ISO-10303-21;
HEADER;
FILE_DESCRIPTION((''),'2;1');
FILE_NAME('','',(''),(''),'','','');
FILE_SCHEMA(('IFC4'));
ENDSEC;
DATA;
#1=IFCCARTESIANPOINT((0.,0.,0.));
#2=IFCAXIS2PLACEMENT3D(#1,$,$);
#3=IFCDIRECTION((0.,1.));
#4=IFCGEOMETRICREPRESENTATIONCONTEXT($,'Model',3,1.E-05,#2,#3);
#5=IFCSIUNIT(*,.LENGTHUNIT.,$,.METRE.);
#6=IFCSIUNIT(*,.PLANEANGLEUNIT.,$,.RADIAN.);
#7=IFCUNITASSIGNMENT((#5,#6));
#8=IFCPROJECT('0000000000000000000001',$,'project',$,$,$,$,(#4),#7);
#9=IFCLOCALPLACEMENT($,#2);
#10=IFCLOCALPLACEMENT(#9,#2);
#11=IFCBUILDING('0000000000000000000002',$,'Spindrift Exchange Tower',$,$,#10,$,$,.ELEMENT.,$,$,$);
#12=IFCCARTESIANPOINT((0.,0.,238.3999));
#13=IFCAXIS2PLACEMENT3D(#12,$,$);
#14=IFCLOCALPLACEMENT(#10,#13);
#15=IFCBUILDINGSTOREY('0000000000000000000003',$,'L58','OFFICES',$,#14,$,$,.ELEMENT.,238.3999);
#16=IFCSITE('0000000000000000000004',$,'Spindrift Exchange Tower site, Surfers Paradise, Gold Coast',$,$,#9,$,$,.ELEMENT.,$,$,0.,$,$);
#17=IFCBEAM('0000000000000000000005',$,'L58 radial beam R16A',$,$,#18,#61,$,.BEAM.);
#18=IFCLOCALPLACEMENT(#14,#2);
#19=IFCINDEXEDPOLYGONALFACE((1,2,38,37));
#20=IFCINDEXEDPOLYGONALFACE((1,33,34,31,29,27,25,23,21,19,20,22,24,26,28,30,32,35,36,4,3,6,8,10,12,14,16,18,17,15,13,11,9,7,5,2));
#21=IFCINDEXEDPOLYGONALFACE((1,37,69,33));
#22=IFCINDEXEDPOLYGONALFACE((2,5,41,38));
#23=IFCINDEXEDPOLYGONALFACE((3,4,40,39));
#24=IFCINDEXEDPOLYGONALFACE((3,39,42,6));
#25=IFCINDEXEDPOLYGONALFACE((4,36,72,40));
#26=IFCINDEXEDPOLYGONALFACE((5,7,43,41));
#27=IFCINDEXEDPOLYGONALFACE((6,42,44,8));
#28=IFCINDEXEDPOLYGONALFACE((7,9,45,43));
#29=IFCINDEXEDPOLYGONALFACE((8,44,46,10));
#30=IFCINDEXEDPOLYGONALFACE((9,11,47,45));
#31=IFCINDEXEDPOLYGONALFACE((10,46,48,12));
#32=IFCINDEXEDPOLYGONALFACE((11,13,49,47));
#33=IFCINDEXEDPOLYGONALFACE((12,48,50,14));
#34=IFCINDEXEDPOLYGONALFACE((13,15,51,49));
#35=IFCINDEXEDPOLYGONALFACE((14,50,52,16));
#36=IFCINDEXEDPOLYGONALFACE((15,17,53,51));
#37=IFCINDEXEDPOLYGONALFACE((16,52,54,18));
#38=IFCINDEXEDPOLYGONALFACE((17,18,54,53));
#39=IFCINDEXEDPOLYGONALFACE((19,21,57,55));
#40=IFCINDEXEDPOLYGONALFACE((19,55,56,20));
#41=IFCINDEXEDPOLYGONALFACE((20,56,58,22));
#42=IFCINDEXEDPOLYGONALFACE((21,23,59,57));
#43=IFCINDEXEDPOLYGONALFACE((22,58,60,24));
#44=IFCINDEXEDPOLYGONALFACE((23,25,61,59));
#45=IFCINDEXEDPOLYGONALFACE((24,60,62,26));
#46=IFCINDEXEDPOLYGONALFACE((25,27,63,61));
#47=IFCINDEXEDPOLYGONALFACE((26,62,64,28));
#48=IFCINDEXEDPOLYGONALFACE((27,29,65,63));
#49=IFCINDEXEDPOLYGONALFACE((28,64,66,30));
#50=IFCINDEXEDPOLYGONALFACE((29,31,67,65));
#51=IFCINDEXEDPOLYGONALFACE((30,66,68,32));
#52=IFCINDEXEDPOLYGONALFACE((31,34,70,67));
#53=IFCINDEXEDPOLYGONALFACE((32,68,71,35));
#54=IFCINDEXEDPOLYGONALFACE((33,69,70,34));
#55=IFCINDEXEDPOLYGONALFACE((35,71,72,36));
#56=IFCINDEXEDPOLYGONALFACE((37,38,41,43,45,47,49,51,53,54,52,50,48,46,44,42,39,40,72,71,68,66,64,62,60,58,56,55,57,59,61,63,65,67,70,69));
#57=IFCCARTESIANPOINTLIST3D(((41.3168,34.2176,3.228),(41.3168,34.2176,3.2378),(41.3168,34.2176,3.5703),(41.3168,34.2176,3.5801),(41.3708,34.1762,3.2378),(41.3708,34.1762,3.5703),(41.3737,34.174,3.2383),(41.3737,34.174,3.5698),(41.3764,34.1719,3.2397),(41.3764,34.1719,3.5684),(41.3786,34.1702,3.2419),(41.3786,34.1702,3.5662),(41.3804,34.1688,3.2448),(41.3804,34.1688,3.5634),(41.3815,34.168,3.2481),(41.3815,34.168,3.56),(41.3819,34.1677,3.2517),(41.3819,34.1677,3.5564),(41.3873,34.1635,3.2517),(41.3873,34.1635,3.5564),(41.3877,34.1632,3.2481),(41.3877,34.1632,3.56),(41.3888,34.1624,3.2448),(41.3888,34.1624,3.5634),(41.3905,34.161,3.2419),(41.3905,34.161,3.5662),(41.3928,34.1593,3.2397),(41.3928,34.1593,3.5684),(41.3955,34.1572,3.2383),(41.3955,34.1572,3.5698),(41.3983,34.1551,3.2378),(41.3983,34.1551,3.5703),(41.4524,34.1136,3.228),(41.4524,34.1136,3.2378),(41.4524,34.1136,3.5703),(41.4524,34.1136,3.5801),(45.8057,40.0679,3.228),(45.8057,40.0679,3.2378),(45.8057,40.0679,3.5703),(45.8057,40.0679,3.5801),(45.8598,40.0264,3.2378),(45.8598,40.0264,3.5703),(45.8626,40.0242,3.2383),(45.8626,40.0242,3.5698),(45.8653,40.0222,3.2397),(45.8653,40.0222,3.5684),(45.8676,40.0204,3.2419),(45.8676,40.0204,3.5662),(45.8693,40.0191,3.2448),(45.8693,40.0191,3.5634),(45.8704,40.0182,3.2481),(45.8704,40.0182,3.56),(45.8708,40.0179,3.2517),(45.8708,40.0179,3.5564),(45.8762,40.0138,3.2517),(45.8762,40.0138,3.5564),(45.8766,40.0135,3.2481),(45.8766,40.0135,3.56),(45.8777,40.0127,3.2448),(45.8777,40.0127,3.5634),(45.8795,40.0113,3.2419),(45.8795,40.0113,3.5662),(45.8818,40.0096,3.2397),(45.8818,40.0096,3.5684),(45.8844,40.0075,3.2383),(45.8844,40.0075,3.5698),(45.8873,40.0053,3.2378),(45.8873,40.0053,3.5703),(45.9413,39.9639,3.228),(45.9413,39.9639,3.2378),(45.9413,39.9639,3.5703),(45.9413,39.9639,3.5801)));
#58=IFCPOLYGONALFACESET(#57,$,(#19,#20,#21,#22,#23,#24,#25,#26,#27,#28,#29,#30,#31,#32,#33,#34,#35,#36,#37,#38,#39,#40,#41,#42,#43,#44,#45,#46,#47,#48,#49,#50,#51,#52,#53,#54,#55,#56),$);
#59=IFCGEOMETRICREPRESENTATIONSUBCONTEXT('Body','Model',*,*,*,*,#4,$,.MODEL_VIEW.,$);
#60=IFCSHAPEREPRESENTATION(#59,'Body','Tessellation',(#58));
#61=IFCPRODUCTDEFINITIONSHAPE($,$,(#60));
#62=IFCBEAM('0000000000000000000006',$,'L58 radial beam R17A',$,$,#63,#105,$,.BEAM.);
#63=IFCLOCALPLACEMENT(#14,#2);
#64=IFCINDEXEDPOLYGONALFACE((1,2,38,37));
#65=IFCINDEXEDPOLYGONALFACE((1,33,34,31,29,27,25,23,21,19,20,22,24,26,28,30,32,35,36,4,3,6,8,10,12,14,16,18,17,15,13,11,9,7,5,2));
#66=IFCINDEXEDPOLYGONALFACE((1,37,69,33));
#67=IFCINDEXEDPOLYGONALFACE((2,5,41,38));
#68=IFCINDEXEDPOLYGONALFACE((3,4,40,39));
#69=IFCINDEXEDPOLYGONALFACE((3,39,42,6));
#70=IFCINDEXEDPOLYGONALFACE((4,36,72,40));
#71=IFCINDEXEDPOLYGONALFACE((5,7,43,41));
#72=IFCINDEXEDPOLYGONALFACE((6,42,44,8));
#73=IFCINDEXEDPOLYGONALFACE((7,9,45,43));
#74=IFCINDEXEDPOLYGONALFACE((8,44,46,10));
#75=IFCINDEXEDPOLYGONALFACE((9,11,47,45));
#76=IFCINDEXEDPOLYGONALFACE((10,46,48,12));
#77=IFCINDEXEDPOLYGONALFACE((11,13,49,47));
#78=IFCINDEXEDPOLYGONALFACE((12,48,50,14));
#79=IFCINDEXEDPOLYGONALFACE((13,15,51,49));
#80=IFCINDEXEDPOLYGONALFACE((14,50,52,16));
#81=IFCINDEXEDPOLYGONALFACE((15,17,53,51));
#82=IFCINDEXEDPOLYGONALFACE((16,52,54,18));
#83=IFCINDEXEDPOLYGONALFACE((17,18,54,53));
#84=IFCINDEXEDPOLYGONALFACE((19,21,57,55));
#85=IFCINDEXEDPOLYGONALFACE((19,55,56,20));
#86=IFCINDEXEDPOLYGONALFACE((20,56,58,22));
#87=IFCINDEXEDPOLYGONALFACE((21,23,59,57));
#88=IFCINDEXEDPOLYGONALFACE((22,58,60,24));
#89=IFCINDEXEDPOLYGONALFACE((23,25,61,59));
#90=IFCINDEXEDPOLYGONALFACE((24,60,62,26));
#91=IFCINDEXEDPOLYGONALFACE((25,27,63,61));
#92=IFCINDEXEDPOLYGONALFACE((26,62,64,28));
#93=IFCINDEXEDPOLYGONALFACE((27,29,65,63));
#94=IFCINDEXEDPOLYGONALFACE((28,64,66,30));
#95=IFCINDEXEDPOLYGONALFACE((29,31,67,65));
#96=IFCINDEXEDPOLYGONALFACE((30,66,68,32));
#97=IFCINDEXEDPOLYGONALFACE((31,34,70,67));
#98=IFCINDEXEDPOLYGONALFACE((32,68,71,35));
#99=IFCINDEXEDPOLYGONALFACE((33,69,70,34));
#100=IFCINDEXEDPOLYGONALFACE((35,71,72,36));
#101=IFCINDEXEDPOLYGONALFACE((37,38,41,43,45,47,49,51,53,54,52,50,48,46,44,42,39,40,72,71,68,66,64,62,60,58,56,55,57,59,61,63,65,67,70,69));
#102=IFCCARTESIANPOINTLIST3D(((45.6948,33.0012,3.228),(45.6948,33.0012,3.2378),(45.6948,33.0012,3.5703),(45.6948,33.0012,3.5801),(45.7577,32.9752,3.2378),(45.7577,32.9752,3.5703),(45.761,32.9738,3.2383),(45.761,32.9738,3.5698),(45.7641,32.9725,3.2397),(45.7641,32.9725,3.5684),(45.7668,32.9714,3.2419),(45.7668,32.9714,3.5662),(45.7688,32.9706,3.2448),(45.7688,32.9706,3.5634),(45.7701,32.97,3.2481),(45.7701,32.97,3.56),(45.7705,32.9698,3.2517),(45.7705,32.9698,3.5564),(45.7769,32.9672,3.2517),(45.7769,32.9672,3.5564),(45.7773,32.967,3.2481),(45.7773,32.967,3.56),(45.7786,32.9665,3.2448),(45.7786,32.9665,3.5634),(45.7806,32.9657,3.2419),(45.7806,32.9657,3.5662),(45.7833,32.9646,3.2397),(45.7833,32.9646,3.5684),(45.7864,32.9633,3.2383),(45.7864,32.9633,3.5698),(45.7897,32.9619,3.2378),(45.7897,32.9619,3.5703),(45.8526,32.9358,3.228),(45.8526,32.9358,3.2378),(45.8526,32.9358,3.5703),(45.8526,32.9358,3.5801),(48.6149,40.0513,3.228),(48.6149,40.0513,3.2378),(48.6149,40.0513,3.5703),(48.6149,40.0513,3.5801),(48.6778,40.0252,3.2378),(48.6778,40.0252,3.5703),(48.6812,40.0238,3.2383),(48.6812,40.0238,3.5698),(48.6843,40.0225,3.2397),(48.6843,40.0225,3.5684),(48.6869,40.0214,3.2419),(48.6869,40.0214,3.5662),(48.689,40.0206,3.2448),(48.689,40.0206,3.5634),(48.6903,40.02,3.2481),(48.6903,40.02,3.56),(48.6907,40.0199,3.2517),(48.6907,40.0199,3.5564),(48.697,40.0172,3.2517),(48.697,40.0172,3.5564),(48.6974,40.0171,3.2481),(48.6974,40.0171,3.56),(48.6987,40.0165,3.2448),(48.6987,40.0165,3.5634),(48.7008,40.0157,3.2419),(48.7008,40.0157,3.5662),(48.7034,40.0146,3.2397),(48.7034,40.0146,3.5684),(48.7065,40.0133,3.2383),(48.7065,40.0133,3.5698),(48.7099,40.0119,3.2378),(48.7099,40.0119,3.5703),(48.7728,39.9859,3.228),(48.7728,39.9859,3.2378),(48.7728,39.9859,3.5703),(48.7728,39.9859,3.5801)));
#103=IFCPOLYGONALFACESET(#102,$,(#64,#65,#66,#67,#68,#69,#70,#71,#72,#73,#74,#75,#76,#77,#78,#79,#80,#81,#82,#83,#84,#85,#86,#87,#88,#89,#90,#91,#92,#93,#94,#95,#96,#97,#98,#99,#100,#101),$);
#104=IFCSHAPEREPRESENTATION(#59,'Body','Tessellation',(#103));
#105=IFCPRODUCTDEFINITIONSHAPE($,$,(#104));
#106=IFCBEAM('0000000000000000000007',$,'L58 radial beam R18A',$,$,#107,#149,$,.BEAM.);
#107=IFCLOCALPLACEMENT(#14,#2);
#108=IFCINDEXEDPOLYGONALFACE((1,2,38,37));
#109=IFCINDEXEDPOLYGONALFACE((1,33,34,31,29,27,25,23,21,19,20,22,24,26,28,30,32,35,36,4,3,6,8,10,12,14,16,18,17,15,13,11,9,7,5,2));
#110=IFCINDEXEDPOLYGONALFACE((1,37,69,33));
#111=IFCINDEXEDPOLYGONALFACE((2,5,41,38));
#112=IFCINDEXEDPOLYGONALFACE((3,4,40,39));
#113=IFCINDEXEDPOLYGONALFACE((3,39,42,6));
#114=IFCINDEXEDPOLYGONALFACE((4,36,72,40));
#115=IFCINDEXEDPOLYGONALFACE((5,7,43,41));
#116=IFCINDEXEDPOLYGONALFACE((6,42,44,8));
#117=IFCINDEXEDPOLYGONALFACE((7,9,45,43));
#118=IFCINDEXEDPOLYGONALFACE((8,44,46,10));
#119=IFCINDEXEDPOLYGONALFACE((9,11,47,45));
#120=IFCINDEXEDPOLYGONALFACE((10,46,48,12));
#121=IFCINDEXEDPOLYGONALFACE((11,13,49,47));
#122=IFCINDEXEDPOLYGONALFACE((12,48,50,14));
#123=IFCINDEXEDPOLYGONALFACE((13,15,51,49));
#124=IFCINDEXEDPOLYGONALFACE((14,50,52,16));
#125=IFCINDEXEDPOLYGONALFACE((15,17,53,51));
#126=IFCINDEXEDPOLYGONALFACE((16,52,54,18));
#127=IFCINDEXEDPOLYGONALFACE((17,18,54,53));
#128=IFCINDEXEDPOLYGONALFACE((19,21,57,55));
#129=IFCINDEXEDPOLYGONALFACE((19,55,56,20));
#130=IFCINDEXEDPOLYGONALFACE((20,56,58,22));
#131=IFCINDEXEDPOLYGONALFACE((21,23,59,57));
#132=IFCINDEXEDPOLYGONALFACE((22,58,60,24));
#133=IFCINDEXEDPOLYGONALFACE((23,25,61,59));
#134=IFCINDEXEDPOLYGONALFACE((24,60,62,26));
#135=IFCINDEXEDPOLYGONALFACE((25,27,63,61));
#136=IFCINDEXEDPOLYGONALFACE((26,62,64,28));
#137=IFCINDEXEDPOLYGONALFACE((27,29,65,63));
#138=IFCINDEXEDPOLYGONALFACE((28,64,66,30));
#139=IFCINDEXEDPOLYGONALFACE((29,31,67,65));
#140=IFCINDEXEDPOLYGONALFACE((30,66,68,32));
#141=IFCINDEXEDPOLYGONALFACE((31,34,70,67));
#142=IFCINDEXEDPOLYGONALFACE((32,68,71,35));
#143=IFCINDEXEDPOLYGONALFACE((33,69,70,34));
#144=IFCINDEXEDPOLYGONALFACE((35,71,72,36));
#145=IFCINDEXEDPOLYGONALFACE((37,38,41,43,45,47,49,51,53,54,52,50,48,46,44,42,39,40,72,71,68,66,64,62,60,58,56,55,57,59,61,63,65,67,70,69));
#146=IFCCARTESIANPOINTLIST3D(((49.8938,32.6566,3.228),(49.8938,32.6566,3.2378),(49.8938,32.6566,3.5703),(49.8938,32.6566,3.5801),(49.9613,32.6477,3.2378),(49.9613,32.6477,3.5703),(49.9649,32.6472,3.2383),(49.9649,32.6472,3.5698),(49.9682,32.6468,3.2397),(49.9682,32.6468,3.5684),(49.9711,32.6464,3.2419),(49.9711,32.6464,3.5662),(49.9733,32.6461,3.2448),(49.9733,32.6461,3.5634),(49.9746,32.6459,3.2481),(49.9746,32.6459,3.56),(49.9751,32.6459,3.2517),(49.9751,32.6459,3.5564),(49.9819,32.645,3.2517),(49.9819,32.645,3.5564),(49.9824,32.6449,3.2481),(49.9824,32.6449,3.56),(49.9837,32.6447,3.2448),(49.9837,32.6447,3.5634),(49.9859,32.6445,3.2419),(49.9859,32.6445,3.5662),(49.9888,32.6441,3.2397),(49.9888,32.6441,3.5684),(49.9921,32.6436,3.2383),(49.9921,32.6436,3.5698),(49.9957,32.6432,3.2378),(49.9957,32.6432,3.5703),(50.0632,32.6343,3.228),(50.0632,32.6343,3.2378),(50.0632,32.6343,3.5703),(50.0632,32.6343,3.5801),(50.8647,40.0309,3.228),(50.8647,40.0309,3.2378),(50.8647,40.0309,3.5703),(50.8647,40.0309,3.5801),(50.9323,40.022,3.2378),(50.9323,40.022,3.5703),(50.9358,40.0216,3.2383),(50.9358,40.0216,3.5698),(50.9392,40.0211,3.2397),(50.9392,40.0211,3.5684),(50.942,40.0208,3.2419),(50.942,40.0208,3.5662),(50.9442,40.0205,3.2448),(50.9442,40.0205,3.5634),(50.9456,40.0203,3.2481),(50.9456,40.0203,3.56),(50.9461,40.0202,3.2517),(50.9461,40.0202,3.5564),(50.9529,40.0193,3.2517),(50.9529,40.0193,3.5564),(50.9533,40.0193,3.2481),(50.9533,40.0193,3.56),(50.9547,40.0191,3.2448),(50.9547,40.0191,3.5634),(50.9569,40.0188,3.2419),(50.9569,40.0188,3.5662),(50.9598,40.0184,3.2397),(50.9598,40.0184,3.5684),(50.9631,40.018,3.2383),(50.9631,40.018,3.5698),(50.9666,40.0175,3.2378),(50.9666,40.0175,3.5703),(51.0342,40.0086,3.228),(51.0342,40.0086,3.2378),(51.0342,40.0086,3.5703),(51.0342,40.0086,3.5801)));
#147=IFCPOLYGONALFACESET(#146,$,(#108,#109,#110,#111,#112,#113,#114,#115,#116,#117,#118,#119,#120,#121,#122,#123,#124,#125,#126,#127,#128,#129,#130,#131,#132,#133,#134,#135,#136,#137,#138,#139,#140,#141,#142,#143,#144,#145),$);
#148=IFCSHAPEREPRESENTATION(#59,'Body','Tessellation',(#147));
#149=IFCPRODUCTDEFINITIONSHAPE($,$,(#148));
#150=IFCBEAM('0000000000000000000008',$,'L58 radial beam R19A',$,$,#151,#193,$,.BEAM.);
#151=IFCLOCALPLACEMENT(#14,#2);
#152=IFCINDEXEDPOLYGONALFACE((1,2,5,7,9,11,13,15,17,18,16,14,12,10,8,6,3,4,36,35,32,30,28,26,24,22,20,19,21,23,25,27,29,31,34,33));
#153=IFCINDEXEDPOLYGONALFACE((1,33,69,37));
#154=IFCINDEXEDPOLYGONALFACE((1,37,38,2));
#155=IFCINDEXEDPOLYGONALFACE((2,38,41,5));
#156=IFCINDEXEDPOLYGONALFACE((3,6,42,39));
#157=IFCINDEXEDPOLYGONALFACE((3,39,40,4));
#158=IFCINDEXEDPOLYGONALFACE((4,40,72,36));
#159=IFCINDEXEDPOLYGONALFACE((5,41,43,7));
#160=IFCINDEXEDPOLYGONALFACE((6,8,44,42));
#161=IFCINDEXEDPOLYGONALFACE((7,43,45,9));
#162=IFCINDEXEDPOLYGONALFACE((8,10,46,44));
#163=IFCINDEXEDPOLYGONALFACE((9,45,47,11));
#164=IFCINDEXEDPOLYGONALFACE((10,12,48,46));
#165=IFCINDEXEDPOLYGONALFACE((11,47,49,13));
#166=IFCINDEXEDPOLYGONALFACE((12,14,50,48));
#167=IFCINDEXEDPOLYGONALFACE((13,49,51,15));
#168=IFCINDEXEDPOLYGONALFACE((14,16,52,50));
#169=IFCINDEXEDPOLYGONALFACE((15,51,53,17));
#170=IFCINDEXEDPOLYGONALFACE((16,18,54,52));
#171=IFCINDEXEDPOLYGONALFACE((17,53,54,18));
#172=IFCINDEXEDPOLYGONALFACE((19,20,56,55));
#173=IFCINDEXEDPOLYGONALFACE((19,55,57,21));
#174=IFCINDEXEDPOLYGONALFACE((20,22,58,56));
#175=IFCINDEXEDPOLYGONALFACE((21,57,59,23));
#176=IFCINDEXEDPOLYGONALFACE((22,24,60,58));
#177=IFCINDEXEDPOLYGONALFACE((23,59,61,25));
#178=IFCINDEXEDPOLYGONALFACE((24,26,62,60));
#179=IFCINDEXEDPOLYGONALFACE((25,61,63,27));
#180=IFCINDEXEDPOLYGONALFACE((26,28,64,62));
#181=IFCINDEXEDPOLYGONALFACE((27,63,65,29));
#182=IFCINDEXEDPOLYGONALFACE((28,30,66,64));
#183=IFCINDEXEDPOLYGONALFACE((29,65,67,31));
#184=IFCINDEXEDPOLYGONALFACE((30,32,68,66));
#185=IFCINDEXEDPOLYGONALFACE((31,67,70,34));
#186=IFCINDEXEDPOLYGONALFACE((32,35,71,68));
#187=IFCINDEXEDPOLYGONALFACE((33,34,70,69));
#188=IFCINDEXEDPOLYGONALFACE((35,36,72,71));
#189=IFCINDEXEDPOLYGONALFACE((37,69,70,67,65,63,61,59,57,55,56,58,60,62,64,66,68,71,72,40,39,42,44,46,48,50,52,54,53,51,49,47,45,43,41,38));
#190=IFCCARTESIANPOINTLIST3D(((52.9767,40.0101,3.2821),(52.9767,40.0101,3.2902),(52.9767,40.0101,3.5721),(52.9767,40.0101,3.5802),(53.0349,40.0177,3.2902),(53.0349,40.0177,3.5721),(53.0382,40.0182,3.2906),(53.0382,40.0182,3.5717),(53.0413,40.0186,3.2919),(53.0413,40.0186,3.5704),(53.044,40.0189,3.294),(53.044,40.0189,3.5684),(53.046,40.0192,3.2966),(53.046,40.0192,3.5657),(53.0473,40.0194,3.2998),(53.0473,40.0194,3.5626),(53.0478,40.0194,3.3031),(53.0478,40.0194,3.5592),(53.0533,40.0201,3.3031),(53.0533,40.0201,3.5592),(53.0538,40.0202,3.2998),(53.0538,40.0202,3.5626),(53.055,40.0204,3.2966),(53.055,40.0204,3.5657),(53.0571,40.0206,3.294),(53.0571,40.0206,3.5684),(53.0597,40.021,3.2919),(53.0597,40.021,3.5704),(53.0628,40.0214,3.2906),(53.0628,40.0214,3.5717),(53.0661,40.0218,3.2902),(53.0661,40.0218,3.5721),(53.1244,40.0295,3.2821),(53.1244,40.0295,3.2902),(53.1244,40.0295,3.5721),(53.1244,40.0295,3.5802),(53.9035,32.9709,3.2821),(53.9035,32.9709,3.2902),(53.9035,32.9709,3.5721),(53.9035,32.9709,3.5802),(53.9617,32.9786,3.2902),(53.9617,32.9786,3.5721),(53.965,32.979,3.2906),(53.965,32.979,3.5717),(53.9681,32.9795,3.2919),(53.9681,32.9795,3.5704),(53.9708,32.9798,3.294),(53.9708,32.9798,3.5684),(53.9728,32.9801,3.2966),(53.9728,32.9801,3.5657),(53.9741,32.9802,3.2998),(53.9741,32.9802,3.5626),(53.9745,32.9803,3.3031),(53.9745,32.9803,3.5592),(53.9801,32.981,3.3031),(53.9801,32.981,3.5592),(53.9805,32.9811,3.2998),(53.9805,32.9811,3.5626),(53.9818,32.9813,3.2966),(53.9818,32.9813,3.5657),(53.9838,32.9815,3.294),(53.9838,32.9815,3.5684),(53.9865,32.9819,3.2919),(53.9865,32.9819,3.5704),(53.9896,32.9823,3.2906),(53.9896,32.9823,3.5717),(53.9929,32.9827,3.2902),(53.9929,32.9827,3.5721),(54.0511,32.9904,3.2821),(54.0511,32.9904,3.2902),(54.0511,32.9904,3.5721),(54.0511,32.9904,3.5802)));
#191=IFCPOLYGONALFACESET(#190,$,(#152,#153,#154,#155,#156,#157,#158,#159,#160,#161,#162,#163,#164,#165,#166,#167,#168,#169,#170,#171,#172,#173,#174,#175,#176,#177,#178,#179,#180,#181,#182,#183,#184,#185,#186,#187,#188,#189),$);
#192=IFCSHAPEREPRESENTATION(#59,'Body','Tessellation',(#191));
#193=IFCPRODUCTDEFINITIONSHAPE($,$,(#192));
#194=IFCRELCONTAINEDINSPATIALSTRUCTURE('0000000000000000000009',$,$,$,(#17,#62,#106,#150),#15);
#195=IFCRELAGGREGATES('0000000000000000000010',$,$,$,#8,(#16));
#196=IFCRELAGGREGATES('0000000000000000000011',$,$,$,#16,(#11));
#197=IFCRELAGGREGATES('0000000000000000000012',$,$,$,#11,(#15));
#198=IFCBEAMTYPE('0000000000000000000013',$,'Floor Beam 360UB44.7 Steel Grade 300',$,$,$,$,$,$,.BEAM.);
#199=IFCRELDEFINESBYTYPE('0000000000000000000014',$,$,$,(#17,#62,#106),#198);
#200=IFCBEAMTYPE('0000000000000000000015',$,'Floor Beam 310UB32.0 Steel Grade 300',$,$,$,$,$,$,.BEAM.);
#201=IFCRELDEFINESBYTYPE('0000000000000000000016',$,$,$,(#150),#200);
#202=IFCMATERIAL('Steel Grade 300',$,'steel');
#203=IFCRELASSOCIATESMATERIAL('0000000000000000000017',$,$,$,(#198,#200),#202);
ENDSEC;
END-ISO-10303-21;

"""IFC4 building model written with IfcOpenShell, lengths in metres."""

from ifc_helpers import new_model, si_unit, direction, frame, origin, origin_2d, place, context, subcontext, project, spatial, i_section, extrude, source, transform, mapped, material, material_profile, profile_set, type_object, element, save


model = new_model("IFC4")

# Units and contexts
model_context = context("Model", 3, precision=1e-05, world=origin(), true_north=direction((0.0, 1.0)))
body_context = subcontext(model_context, "Body", "Model", "MODEL_VIEW")
ifc_project = project(units=[si_unit("LENGTHUNIT", "METRE"), si_unit("PLANEANGLEUNIT", "RADIAN")], contexts=[model_context])

# Site, building, storey
site_placement = place(None, origin())
site = spatial("IfcSite", under=ifc_project, at=site_placement, Name="Spindrift Exchange Tower site, Surfers Paradise, Gold Coast", CompositionType="ELEMENT", RefElevation=0.0)
building_placement = place(site_placement, origin())
building = spatial("IfcBuilding", under=site, at=building_placement, Name="Spindrift Exchange Tower", CompositionType="ELEMENT")
storey_placement = place(building_placement, frame((0.0, 0.0, 238.3999)))
storey = spatial("IfcBuildingStorey", under=building, at=storey_placement, Name="L58", Description="OFFICES", CompositionType="ELEMENT", Elevation=238.3999)

# Beams
ifc_material_1 = material(Name="Steel Grade 300", Category="steel")
ifc_material_profile_1 = material_profile(ifc_material_1, i_section(OverallWidth=0.1709, OverallDepth=0.3521, WebThickness=0.0068, FlangeThickness=0.0098, FilletRadius=0.0139, at=origin_2d()), Name="360UB44.7")
ifc_profile_set_1 = profile_set([ifc_material_profile_1], Name="Steel Grade 300")
beam_type_1 = type_object("IfcBeamType", Name="Floor Beam 360UB44.7 Steel Grade 300", PredefinedType="BEAM", material=ifc_profile_set_1)
shared_shape_1 = source(origin(), body_context, "Body", "SweptSolid", [
    extrude(i_section(OverallWidth=0.1709, OverallDepth=0.3521, WebThickness=0.0068, FlangeThickness=0.0098, FilletRadius=0.0139, at=origin_2d()), origin(), (0.0, 0.0, 1.0), 7.374),
])
beam_1_placement = place(storey_placement, frame((45.8735, 40.0159, 3.4041), z_axis=(-0.608752, -0.793361, 0.0), x_axis=(0.793361, -0.608752, 0.0)))
element("IfcBeam", 1, at=beam_1_placement, inside=storey, type_object=beam_type_1, Name="L58 radial beam R16A", PredefinedType="BEAM", context=body_context, shape_type="MappedRepresentation", body=[
    mapped(shared_shape_1, transform((0.0, 0.0, 0.0), scale=1.0)),
])
shared_shape_2 = source(origin(), body_context, "Body", "SweptSolid", [
    extrude(i_section(OverallWidth=0.1709, OverallDepth=0.3521, WebThickness=0.0068, FlangeThickness=0.0098, FilletRadius=0.0139, at=origin_2d()), origin(), (0.0, 0.0, 1.0), 7.6309),
])
beam_2_placement = place(storey_placement, frame((48.6938, 40.0186, 3.4041), z_axis=(-0.382677, -0.923882, 0.0), x_axis=(0.923882, -0.382677, 0.0)))
element("IfcBeam", 2, at=beam_2_placement, inside=storey, type_object=beam_type_1, Name="L58 radial beam R17A", PredefinedType="BEAM", context=body_context, shape_type="MappedRepresentation", body=[
    mapped(shared_shape_2, transform((0.0, 0.0, 0.0), scale=1.0)),
])
shared_shape_3 = source(origin(), body_context, "Body", "SweptSolid", [
    extrude(i_section(OverallWidth=0.1709, OverallDepth=0.3521, WebThickness=0.0068, FlangeThickness=0.0098, FilletRadius=0.0139, at=origin_2d()), origin(), (0.0, 0.0, 1.0), 7.438),
])
beam_3_placement = place(storey_placement, frame((50.9495, 40.0198, 3.4041), z_axis=(-0.13054, -0.991443, 0.0), x_axis=(0.991443, -0.13054, 0.0)))
element("IfcBeam", 3, at=beam_3_placement, inside=storey, type_object=beam_type_1, Name="L58 radial beam R18A", PredefinedType="BEAM", context=body_context, shape_type="MappedRepresentation", body=[
    mapped(shared_shape_3, transform((0.0, 0.0, 0.0), scale=1.0)),
])
ifc_material_profile_2 = material_profile(ifc_material_1, i_section(OverallWidth=0.1489, OverallDepth=0.2981, WebThickness=0.0056, FlangeThickness=0.0081, FilletRadius=0.0129, at=origin_2d()), Name="310UB32.0")
ifc_profile_set_2 = profile_set([ifc_material_profile_2], Name="Steel Grade 300")
beam_type_2 = type_object("IfcBeamType", Name="Floor Beam 310UB32.0 Steel Grade 300", PredefinedType="BEAM", material=ifc_profile_set_2)
shared_shape_4 = source(origin(), body_context, "Body", "SweptSolid", [
    extrude(i_section(OverallWidth=0.1489, OverallDepth=0.2981, WebThickness=0.0056, FlangeThickness=0.0081, FilletRadius=0.0129, at=origin_2d()), origin(), (0.0, 0.0, 1.0), 7.0999),
])
beam_4_placement = place(storey_placement, frame((53.0505, 40.0198, 3.4312), z_axis=(0.130533, -0.991444, 0.0), x_axis=(0.991444, 0.130533, 0.0)))
element("IfcBeam", 4, at=beam_4_placement, inside=storey, type_object=beam_type_2, Name="L58 radial beam R19A", PredefinedType="BEAM", context=body_context, shape_type="MappedRepresentation", body=[
    mapped(shared_shape_4, transform((0.0, 0.0, 0.0), scale=1.0)),
])

save(model, "model.ifc")
